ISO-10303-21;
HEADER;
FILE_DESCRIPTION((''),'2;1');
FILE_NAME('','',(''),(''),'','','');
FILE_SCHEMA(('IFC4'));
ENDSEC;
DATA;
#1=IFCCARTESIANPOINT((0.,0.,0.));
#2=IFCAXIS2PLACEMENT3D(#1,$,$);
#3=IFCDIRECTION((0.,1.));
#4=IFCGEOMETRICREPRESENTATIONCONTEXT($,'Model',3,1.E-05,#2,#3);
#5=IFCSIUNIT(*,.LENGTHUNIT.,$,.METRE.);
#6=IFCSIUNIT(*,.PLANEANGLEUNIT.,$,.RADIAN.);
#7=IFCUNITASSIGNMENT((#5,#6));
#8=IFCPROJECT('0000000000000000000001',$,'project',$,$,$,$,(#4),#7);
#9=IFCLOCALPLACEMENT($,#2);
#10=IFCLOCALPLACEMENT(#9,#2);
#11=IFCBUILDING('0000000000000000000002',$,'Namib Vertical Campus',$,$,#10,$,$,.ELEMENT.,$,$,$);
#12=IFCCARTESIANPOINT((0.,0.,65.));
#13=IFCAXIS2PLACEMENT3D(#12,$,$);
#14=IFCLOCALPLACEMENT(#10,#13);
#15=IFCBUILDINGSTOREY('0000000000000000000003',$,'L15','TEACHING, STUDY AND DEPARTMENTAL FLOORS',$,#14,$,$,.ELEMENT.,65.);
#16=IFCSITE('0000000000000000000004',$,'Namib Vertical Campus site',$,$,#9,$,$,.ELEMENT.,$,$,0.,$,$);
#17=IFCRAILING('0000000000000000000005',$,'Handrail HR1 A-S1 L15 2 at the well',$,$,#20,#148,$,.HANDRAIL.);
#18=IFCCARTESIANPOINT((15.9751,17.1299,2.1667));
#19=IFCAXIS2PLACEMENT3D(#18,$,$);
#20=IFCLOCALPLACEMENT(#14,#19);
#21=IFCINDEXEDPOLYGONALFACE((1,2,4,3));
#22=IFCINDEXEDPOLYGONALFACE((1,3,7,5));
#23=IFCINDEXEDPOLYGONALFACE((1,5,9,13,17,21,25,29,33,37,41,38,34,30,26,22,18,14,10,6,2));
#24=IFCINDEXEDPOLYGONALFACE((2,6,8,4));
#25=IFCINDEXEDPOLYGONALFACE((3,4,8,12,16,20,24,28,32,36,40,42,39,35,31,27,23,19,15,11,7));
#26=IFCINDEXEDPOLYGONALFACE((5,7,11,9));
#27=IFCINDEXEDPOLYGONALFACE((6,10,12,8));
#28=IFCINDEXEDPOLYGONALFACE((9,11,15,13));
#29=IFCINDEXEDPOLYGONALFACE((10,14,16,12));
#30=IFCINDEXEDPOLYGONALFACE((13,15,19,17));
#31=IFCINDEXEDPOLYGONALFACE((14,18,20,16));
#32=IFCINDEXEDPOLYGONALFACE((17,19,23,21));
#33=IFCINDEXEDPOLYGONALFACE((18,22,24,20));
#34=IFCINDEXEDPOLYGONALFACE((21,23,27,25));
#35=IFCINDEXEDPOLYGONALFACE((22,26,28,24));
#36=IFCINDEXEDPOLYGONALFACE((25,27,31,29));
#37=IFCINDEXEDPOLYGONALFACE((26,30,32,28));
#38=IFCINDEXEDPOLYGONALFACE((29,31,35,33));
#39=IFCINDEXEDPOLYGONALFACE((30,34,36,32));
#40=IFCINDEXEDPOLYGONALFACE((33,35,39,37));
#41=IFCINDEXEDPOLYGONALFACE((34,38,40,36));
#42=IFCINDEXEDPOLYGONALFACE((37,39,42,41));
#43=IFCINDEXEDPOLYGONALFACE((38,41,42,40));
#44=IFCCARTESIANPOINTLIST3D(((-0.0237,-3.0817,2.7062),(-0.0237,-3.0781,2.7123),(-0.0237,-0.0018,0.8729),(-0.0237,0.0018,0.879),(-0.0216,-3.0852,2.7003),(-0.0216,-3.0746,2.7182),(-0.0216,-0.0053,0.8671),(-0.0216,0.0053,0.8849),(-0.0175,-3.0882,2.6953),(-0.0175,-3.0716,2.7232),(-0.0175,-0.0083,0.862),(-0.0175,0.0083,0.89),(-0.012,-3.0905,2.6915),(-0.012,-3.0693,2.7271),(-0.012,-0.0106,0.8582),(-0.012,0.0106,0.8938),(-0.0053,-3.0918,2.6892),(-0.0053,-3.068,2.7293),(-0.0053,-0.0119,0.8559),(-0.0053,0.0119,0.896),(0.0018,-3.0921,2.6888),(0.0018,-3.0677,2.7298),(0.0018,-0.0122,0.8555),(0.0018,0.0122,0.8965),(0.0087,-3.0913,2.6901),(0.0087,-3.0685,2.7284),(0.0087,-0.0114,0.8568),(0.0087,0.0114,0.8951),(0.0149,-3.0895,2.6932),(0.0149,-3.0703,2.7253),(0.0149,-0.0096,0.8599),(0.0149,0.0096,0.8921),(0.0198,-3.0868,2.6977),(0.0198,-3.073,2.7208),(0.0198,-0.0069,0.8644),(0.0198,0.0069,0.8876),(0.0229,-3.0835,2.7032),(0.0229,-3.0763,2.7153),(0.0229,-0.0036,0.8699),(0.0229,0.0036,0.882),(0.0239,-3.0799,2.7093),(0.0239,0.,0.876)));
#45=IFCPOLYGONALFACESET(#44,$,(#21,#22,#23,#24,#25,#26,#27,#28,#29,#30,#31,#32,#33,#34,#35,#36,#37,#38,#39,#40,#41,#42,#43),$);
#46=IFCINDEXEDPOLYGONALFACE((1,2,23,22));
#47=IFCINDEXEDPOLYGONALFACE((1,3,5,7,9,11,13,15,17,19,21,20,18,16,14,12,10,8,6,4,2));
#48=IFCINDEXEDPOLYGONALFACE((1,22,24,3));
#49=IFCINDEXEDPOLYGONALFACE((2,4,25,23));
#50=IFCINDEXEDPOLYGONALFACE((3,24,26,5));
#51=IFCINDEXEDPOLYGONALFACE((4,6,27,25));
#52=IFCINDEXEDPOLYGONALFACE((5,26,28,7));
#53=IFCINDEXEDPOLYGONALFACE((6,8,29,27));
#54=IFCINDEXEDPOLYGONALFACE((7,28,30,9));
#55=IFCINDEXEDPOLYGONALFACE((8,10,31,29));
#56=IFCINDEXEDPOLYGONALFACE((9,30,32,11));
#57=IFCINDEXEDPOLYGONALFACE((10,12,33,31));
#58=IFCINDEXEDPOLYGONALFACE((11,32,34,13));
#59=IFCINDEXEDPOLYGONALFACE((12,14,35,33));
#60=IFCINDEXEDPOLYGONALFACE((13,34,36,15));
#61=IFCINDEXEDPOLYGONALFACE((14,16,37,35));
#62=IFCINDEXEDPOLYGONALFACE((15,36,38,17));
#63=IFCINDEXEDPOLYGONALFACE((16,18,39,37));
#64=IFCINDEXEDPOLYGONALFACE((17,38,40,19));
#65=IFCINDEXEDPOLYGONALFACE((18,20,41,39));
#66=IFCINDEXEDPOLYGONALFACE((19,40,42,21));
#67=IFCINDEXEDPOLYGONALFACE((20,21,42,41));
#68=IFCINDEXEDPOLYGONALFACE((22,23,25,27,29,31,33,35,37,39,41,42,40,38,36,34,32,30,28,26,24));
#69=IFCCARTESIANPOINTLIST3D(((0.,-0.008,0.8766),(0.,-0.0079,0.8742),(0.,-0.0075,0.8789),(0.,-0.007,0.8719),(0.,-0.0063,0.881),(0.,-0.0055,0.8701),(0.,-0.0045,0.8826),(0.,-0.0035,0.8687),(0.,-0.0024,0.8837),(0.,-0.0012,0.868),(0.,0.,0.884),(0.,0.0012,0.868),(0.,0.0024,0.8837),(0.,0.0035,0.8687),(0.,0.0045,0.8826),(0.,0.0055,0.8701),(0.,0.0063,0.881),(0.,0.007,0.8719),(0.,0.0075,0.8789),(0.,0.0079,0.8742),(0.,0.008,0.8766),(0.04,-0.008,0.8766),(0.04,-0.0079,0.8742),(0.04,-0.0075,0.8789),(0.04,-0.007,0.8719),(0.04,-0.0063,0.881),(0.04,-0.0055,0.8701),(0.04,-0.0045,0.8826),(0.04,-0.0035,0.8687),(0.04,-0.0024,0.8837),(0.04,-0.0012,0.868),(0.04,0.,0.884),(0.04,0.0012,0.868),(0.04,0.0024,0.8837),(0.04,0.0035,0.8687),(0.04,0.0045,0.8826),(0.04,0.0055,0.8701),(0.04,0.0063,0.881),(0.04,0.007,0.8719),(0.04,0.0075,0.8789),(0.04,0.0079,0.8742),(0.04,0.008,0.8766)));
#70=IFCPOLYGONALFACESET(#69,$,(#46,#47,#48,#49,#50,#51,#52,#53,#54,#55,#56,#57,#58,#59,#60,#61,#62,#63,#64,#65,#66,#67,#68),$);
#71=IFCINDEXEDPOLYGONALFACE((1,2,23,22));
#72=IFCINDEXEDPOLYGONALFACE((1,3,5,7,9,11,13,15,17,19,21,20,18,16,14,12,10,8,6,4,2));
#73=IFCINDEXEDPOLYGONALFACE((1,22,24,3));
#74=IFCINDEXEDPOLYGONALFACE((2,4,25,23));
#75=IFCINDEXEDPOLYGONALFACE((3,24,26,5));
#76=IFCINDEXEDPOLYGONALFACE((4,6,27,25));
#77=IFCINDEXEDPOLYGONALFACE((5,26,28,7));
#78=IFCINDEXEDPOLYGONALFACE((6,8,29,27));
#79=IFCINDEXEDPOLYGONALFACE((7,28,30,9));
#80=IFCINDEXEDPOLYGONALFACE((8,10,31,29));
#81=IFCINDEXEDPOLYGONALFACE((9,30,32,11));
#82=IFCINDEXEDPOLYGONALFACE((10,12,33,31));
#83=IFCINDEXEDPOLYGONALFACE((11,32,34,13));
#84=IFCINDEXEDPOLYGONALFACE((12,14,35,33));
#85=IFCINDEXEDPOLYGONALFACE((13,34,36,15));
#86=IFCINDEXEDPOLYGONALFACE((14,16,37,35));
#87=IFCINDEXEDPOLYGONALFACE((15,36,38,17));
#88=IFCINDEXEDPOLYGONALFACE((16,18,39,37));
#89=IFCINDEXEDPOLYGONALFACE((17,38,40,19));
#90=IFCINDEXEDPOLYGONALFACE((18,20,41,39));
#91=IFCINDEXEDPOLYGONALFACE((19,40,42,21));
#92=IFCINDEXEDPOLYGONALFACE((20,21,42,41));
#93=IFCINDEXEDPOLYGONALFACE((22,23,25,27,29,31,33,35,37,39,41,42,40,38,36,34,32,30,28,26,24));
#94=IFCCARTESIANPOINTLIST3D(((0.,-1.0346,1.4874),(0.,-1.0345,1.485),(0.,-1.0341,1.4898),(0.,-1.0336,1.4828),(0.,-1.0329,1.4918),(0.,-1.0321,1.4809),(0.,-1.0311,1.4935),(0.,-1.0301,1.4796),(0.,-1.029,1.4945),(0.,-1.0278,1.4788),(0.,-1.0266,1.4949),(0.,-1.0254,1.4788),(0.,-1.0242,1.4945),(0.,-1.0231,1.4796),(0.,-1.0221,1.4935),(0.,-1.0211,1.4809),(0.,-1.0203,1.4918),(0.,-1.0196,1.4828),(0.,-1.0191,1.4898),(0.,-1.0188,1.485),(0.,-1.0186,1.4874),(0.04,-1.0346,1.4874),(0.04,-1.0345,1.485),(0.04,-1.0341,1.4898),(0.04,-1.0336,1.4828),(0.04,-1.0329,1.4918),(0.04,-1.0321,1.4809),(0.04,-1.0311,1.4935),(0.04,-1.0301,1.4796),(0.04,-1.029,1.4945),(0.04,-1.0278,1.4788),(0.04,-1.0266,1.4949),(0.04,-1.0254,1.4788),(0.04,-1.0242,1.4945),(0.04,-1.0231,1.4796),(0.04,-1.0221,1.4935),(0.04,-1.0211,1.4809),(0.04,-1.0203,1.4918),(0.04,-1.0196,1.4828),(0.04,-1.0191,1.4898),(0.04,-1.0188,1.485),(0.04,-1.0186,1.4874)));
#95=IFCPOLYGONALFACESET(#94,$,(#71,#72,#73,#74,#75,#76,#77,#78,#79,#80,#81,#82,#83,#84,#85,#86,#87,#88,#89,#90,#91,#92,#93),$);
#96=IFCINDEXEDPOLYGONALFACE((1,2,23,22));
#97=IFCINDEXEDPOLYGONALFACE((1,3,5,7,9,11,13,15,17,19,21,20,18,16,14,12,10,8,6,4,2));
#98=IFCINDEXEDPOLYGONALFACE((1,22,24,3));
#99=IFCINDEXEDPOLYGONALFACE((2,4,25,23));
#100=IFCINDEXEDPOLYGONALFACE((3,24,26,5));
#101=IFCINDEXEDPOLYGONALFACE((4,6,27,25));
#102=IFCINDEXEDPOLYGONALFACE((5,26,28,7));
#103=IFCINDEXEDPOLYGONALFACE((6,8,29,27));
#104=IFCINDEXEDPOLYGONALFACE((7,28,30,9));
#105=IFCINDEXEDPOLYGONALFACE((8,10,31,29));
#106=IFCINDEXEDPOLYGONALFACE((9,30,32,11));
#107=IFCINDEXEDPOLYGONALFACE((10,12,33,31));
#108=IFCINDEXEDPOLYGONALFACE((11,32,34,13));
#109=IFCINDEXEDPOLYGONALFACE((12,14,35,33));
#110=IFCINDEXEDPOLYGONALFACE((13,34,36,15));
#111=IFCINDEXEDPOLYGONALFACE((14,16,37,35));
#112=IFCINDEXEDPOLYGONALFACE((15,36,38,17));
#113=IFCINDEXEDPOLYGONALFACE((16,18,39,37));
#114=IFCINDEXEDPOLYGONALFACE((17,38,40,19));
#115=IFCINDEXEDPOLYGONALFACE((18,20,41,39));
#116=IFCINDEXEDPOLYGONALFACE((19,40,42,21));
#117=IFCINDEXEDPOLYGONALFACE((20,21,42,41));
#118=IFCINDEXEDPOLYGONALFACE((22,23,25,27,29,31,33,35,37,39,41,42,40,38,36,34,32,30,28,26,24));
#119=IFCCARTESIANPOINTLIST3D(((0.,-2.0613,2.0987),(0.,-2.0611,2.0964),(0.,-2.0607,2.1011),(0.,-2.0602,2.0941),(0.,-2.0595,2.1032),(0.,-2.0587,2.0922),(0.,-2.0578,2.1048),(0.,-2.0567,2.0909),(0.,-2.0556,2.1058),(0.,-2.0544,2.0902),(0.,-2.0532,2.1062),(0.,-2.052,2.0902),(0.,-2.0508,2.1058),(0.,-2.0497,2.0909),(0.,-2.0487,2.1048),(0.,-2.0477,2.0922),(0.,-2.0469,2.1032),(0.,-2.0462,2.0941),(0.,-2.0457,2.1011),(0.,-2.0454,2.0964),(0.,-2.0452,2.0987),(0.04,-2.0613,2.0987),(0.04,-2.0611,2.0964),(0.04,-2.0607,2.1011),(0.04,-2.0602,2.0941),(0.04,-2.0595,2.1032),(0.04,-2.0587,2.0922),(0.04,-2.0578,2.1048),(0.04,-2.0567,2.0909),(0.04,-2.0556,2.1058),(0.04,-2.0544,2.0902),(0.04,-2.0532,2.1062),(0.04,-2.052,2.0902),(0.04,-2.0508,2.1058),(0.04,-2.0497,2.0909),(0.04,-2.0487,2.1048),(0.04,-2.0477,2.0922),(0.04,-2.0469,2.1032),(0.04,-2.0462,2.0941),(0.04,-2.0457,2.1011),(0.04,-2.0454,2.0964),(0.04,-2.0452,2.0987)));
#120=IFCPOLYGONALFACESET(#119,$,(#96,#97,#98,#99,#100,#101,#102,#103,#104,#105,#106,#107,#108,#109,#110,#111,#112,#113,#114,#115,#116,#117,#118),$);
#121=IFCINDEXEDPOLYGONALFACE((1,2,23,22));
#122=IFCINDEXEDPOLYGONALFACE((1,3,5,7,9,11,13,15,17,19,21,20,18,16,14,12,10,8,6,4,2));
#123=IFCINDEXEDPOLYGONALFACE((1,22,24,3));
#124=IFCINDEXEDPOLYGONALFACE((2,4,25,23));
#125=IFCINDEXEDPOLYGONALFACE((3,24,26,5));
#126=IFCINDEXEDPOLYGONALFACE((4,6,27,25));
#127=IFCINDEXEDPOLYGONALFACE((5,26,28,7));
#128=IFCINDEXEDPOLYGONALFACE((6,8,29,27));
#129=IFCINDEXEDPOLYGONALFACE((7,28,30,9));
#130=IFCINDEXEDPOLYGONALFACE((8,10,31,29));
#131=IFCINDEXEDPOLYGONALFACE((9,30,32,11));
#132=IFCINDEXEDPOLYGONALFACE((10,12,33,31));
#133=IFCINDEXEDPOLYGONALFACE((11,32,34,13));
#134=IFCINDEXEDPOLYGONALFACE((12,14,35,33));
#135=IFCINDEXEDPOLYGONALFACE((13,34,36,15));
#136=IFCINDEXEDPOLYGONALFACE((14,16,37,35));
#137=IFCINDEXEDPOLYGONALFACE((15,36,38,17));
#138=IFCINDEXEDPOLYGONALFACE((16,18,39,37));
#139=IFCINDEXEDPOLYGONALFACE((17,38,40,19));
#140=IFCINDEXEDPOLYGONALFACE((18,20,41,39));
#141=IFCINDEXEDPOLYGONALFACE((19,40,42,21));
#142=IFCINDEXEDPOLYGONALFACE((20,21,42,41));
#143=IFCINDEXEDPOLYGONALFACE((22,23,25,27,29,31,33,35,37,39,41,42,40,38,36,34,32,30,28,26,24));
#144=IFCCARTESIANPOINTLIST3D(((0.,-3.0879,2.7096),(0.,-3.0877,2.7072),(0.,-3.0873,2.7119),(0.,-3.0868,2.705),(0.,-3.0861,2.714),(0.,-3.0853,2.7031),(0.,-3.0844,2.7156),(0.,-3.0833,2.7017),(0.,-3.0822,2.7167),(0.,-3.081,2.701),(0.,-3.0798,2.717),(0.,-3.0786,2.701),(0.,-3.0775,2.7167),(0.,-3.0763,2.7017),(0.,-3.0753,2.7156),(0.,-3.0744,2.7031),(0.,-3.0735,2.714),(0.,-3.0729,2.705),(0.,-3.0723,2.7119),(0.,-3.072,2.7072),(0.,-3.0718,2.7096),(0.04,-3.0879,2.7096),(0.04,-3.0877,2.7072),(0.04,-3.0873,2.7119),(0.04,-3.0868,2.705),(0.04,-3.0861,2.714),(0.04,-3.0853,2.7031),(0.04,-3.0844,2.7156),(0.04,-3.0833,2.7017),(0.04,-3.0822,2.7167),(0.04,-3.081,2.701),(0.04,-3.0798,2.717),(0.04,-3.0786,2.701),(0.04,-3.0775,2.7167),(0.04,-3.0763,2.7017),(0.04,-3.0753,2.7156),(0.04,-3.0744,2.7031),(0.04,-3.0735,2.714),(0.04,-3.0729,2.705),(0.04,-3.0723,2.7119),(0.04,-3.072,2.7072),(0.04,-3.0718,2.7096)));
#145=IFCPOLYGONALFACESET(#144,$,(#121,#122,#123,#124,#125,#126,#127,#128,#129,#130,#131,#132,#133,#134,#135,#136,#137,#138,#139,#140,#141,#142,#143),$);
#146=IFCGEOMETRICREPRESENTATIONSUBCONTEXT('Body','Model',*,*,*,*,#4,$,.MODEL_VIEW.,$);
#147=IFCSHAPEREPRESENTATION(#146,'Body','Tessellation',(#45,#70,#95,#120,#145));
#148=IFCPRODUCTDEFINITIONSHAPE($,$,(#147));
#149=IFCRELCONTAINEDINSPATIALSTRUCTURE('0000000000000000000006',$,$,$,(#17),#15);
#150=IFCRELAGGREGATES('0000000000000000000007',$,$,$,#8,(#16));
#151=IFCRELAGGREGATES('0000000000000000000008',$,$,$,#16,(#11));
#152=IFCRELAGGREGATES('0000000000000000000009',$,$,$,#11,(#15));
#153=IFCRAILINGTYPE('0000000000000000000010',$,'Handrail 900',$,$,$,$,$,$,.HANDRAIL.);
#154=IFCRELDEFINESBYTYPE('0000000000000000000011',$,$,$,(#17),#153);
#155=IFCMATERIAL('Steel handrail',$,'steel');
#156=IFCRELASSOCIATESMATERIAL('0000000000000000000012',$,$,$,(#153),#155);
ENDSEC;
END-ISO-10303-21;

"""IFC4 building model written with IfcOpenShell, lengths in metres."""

from ifc_helpers import new_model, si_unit, direction, frame, origin, origin_2d, place, context, subcontext, project, spatial, circle, extrude, material, type_object, element, save


model = new_model("IFC4")

# Units and contexts
model_context = context("Model", 3, precision=1e-05, world=origin(), true_north=direction((0.0, 1.0)))
body_context = subcontext(model_context, "Body", "Model", "MODEL_VIEW")
ifc_project = project(units=[si_unit("LENGTHUNIT", "METRE"), si_unit("PLANEANGLEUNIT", "RADIAN")], contexts=[model_context])

# Site, building, storey
site_placement = place(None, origin())
site = spatial("IfcSite", under=ifc_project, at=site_placement, Name="Namib Vertical Campus site", CompositionType="ELEMENT", RefElevation=0.0)
building_placement = place(site_placement, origin())
building = spatial("IfcBuilding", under=site, at=building_placement, Name="Namib Vertical Campus", CompositionType="ELEMENT")
storey_placement = place(building_placement, frame((0.0, 0.0, 65.0)))
storey = spatial("IfcBuildingStorey", under=building, at=storey_placement, Name="L15", Description="TEACHING, STUDY AND DEPARTMENTAL FLOORS", CompositionType="ELEMENT", Elevation=65.0)

# Railing
ifc_material_1 = material(Name="Steel handrail", Category="steel")
railing_type_1 = type_object("IfcRailingType", Name="Handrail 900", PredefinedType="HANDRAIL", material=ifc_material_1)
railing_1_placement = place(storey_placement, frame((15.9751, 17.1299, 2.1667)))
element("IfcRailing", 1, at=railing_1_placement, inside=storey, type_object=railing_type_1, Name="Handrail HR1 A-S1 L15 2 at the well", PredefinedType="HANDRAIL", context=body_context, shape_type="SweptSolid", body=[
    extrude(circle(Radius=0.0239, at=origin_2d()), frame((0.0, 0.0, 0.876), z_axis=(0.0, -0.859291, 0.511487), x_axis=(1.0, 0.0, 0.0)), (0.0, 0.0, 1.0), 3.5842),
    extrude(circle(Radius=0.0081, at=origin_2d()), frame((0.0, 0.0, 0.876), z_axis=(1.0, 0.0, 0.0), x_axis=(0.0, 0.0, 1.0)), (0.0, 0.0, 1.0), 0.04),
    extrude(circle(Radius=0.0081, at=origin_2d()), frame((0.0, -1.0266, 1.4868), z_axis=(1.0, 0.0, 0.0), x_axis=(0.0, 0.0, 1.0)), (0.0, 0.0, 1.0), 0.04),
    extrude(circle(Radius=0.0081, at=origin_2d()), frame((0.0, -2.0532, 2.0981), z_axis=(1.0, 0.0, 0.0), x_axis=(0.0, 0.0, 1.0)), (0.0, 0.0, 1.0), 0.04),
    extrude(circle(Radius=0.0081, at=origin_2d()), frame((0.0, -3.0798, 2.709), z_axis=(1.0, 0.0, 0.0), x_axis=(0.0, 0.0, 1.0)), (0.0, 0.0, 1.0), 0.04),
])

save(model, "model.ifc")
